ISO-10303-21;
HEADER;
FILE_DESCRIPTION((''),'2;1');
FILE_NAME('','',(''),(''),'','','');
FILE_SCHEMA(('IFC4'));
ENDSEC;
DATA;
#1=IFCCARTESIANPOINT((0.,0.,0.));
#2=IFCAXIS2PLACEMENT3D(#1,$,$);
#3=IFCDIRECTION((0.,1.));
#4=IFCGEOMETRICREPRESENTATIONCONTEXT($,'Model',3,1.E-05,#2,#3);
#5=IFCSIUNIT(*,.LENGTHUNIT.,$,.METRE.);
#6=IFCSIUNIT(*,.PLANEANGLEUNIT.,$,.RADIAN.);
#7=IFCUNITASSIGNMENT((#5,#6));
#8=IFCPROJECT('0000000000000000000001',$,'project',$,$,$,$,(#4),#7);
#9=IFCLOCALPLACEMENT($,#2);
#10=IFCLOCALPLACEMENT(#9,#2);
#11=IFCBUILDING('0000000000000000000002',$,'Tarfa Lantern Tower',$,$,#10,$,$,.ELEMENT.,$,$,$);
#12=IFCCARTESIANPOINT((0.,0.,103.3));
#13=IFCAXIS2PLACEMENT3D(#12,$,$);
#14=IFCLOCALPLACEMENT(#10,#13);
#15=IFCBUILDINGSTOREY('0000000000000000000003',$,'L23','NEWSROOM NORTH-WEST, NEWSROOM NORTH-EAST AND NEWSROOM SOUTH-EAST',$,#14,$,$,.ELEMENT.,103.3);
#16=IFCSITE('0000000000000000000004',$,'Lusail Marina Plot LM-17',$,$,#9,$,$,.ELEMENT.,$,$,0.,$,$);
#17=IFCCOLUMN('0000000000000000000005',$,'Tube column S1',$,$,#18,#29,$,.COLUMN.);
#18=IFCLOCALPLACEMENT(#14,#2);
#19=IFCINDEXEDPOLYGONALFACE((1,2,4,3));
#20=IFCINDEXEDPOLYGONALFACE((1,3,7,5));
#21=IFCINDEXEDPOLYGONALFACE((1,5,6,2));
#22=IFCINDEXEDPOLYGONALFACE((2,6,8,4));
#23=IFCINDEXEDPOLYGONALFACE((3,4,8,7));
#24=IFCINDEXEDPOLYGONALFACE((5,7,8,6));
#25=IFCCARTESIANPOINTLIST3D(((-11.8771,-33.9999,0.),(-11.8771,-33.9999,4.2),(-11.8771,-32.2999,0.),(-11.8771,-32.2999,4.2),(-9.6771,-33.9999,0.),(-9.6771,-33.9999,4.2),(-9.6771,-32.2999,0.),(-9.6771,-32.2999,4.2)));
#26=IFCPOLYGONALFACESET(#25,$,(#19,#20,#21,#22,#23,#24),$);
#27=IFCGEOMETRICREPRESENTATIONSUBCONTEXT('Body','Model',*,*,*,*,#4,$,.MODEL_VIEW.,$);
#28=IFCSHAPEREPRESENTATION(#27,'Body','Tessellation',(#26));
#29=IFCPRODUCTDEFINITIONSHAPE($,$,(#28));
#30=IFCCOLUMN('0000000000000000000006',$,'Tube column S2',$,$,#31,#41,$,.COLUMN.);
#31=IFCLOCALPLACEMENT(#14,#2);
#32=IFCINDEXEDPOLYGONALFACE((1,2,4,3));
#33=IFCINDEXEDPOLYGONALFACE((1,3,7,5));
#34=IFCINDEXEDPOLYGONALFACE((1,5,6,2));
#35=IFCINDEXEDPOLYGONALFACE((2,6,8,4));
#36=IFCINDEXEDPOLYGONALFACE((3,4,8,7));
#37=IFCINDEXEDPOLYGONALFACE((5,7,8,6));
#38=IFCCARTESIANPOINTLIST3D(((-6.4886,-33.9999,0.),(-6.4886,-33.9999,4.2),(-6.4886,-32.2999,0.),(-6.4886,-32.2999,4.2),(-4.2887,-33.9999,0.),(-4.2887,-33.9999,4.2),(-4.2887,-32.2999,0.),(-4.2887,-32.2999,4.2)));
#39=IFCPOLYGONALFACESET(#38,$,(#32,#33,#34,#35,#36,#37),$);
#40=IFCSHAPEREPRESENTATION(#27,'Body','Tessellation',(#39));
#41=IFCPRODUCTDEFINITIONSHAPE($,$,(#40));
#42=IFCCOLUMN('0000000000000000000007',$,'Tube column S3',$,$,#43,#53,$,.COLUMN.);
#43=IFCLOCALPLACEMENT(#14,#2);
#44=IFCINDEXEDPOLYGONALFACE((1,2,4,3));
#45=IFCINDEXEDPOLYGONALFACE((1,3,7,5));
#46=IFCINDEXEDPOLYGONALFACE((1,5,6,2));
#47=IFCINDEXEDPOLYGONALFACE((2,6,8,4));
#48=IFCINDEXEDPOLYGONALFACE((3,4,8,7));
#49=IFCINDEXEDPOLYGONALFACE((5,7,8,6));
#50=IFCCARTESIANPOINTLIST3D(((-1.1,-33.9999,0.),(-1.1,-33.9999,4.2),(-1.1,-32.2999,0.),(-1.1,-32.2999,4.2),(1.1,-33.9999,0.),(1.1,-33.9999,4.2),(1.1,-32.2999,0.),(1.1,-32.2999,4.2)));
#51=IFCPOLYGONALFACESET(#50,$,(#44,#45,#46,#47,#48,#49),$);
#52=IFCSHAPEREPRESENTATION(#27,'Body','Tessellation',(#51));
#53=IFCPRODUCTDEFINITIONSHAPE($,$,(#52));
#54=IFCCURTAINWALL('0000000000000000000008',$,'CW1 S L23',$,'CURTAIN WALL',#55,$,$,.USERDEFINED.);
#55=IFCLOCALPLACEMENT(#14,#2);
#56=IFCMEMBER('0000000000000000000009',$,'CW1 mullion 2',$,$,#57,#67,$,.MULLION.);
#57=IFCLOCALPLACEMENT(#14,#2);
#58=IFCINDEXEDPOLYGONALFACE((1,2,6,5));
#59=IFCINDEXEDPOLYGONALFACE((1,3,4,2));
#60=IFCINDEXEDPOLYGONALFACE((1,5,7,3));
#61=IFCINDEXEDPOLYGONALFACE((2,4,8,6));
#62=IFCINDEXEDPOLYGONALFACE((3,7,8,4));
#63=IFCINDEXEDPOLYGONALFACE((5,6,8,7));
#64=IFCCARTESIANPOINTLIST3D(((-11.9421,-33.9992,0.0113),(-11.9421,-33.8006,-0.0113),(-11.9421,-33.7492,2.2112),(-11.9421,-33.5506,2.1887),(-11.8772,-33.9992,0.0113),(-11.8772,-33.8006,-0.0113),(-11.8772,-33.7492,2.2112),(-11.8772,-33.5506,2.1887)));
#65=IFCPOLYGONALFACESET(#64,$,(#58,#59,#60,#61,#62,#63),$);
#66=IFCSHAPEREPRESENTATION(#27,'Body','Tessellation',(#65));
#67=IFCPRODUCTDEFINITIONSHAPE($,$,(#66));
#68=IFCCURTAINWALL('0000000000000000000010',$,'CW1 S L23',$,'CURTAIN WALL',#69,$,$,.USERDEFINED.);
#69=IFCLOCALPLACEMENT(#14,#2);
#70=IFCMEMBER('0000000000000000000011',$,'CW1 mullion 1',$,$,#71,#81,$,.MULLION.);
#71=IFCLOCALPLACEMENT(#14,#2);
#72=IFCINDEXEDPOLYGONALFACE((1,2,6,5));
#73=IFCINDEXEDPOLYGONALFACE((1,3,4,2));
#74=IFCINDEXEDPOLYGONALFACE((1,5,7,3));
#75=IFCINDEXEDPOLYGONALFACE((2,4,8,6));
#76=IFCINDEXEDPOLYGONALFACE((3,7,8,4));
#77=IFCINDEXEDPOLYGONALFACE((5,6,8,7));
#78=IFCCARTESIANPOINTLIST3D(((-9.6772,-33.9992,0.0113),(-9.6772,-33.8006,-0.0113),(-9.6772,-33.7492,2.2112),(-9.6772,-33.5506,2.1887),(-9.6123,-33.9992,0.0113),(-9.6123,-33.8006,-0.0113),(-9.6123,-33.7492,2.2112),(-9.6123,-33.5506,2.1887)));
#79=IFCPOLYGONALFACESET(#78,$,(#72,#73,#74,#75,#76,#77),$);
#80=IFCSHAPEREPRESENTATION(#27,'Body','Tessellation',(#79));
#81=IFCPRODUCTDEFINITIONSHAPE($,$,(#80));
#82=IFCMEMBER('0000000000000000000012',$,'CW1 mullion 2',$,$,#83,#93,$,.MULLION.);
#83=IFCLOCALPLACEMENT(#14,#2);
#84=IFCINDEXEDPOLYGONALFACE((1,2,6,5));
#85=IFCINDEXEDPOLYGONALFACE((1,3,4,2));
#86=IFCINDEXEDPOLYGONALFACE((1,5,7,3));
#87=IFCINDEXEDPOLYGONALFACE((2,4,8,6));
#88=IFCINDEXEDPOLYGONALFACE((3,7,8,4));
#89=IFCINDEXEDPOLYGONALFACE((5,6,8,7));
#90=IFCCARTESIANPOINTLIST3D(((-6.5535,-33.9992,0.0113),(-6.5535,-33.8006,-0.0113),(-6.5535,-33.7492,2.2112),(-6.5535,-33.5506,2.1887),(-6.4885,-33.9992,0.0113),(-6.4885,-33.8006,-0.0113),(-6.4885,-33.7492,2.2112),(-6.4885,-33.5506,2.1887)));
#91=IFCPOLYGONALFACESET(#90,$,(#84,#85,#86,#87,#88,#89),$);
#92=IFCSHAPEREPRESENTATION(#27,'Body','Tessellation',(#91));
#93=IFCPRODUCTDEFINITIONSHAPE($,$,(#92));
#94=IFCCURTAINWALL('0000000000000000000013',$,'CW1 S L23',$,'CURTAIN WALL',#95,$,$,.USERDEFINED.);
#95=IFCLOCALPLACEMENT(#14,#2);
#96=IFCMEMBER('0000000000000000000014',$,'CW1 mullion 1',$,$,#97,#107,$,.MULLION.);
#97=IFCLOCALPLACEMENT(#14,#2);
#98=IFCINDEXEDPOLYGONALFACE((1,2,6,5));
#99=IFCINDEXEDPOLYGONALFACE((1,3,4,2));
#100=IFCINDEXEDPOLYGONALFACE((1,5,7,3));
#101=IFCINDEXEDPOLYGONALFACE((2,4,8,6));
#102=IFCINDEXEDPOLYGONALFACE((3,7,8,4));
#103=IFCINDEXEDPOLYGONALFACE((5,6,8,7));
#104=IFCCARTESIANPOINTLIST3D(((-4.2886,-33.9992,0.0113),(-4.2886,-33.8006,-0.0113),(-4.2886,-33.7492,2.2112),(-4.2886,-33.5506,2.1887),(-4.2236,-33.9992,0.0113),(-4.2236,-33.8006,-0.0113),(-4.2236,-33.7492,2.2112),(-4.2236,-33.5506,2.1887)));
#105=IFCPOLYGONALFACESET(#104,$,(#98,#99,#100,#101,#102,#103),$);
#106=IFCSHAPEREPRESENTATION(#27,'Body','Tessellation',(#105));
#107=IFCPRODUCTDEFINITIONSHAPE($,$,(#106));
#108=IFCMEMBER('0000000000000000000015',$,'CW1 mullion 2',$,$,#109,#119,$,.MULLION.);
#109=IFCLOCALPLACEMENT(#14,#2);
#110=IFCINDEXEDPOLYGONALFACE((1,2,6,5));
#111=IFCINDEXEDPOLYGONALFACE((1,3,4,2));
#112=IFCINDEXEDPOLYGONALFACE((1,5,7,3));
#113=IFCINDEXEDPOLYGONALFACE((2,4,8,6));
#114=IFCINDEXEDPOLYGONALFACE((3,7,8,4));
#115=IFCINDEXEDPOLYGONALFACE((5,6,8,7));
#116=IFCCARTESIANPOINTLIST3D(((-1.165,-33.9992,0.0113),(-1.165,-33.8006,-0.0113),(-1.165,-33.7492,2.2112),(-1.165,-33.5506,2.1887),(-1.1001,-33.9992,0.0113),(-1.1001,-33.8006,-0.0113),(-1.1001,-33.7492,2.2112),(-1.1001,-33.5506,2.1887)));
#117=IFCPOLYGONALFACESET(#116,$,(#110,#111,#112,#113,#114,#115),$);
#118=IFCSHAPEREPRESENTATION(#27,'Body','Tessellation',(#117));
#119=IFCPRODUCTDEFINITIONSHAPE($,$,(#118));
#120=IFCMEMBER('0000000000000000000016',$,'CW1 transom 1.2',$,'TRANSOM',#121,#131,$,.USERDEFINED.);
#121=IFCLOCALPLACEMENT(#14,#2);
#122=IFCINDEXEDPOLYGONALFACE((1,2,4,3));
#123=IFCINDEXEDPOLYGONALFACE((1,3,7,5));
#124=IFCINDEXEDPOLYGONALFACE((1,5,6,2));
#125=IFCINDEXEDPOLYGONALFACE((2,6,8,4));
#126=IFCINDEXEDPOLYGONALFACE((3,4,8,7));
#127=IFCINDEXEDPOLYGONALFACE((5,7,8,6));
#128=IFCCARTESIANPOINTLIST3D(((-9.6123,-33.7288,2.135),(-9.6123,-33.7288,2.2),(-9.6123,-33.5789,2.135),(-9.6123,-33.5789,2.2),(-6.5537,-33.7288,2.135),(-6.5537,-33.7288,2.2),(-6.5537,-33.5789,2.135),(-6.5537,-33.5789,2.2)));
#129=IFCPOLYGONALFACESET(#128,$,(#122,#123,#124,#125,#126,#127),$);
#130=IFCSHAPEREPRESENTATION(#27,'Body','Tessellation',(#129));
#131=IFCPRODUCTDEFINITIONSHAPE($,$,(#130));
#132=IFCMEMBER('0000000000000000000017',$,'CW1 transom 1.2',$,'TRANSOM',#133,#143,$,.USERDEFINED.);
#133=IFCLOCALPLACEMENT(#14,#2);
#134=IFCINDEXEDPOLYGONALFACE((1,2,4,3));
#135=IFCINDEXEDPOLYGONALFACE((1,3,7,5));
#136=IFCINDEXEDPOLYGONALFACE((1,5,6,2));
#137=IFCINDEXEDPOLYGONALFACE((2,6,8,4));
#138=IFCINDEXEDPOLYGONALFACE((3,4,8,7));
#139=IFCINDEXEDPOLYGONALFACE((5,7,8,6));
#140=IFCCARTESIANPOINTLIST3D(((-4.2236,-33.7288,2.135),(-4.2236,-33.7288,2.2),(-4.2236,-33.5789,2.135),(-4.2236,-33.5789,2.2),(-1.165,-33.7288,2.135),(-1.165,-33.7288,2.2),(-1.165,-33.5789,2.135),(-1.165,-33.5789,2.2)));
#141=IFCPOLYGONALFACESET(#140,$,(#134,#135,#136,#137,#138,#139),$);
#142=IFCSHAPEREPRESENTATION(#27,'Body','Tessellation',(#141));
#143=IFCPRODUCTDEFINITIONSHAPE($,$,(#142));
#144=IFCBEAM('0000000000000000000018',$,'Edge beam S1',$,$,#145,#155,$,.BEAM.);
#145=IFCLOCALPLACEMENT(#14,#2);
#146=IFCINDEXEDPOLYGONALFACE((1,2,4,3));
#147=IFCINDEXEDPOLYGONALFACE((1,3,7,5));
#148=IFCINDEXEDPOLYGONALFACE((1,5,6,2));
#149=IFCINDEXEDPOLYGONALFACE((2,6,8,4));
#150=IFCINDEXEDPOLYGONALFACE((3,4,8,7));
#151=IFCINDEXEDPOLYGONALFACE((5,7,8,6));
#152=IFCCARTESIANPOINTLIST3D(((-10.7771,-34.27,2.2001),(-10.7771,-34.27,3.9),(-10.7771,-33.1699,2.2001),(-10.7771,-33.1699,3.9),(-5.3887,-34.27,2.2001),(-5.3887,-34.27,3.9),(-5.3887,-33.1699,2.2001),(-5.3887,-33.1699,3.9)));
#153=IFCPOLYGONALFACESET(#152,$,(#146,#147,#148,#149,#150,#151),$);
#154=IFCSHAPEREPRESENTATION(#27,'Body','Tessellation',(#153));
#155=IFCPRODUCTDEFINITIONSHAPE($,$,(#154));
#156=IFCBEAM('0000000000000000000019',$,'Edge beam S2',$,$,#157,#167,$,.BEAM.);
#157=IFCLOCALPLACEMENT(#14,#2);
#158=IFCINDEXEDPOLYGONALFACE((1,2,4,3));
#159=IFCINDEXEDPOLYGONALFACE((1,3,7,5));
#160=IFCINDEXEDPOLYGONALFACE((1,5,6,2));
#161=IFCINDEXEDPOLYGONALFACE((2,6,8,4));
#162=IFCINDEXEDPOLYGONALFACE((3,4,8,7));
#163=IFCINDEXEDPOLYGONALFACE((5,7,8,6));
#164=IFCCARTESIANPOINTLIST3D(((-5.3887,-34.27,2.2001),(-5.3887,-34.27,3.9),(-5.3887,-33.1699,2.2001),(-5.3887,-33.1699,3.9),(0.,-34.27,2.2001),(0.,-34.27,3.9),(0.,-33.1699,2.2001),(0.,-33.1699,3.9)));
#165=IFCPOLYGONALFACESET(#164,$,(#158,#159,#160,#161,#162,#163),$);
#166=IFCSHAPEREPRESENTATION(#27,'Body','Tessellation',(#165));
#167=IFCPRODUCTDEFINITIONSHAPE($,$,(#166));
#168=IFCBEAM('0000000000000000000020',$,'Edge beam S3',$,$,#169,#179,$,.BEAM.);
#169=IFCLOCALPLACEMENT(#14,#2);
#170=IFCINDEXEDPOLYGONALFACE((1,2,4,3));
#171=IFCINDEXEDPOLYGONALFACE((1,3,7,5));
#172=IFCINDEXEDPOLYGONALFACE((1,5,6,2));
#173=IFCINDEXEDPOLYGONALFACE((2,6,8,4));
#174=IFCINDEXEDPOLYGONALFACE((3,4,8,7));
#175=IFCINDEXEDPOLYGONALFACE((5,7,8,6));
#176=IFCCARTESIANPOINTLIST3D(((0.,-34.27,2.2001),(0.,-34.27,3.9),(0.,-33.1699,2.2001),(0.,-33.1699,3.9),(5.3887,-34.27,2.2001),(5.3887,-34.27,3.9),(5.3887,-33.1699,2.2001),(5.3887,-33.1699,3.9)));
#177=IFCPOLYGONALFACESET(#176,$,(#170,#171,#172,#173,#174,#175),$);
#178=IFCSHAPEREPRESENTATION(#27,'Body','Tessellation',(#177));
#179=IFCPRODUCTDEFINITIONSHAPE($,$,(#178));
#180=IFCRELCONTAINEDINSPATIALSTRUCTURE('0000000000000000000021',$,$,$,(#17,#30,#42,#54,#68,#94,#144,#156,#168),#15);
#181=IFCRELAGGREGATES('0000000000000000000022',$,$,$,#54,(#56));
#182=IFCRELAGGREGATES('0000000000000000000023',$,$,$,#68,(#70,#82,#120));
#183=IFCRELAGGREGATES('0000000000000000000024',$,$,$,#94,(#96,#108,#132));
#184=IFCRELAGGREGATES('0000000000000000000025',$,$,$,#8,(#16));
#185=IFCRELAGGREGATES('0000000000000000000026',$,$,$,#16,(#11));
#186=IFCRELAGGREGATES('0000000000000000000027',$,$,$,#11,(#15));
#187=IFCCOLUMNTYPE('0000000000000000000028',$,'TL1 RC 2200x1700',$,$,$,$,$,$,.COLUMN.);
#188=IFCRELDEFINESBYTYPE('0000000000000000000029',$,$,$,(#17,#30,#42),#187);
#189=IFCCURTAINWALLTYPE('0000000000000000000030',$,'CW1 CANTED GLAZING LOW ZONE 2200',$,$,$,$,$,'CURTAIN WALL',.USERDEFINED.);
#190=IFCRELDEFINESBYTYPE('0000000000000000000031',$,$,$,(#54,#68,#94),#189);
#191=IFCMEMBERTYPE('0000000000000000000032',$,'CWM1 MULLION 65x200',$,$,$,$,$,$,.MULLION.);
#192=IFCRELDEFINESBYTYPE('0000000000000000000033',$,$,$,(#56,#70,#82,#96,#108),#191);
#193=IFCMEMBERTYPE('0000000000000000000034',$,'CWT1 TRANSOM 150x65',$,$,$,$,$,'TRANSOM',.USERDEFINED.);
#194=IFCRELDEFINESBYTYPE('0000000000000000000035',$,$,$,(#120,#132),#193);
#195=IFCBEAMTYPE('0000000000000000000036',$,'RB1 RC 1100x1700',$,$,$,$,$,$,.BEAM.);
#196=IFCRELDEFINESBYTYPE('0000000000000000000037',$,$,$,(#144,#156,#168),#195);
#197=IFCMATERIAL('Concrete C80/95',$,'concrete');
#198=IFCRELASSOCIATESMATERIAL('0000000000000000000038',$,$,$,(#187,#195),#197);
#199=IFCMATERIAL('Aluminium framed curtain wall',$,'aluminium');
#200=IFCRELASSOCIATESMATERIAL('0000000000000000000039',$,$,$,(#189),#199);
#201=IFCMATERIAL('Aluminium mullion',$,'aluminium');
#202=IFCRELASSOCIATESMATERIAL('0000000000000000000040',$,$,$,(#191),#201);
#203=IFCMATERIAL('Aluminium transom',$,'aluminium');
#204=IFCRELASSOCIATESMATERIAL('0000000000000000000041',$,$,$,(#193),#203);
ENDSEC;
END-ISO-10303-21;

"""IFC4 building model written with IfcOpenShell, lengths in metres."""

from ifc_helpers import new_model, si_unit, direction, frame, origin, origin_2d, place, context, subcontext, project, spatial, rectangle, extrude, material, material_profile, profile_set, type_object, element, aggregate, save


model = new_model("IFC4")

# Units and contexts
model_context = context("Model", 3, precision=1e-05, world=origin(), true_north=direction((0.0, 1.0)))
body_context = subcontext(model_context, "Body", "Model", "MODEL_VIEW")
ifc_project = project(units=[si_unit("LENGTHUNIT", "METRE"), si_unit("PLANEANGLEUNIT", "RADIAN")], contexts=[model_context])

# Site, building, storey
site_placement = place(None, origin())
site = spatial("IfcSite", under=ifc_project, at=site_placement, Name="Lusail Marina Plot LM-17", CompositionType="ELEMENT", RefElevation=0.0)
building_placement = place(site_placement, origin())
building = spatial("IfcBuilding", under=site, at=building_placement, Name="Tarfa Lantern Tower", CompositionType="ELEMENT")
storey_placement = place(building_placement, frame((0.0, 0.0, 103.3)))
storey = spatial("IfcBuildingStorey", under=building, at=storey_placement, Name="L23", Description="NEWSROOM NORTH-WEST, NEWSROOM NORTH-EAST AND NEWSROOM SOUTH-EAST", CompositionType="ELEMENT", Elevation=103.3)

# Columns
ifc_material_1 = material(Name="Concrete C80/95", Category="concrete")
ifc_material_profile_1 = material_profile(ifc_material_1, rectangle(XDim=2.2, YDim=1.7, at=origin_2d()), Name="RC 2200x1700")
ifc_profile_set_1 = profile_set([ifc_material_profile_1], Name="Concrete C80/95")
column_type = type_object("IfcColumnType", Name="TL1 RC 2200x1700", PredefinedType="COLUMN", material=ifc_profile_set_1)
for number, where, z_axis, x_axis, name in (
    (1, (-10.7771, -33.1499, 0.0), (0.0, 0.0, 1.0), (1.0, 0.0, 0.0), "Tube column S1"),
    (2, (-5.3887, -33.1499, 0.0), (0.0, 0.0, 1.0), (1.0, 0.0, 0.0), "Tube column S2"),
    (3, (0.0, -33.1499, 0.0), (0.0, 0.0, 1.0), (1.0, 0.0, 0.0), "Tube column S3"),
):
    element("IfcColumn", number, at=place(storey_placement, frame(where, z_axis=z_axis, x_axis=x_axis)), inside=storey, type_object=column_type, Name=name, PredefinedType="COLUMN", context=body_context, shape_type="SweptSolid", body=[
        extrude(rectangle(XDim=2.2, YDim=1.7, at=origin_2d()), origin(), (0.0, 0.0, 1.0), 4.2),
    ])

# Curtain wall, member
ifc_material_2 = material(Name="Aluminium framed curtain wall", Category="aluminium")
curtain_wall_type = type_object("IfcCurtainWallType", Name="CW1 CANTED GLAZING LOW ZONE 2200", ElementType="CURTAIN WALL", PredefinedType="USERDEFINED", material=ifc_material_2)
curtain_wall_1_placement = place(storey_placement, origin())
curtain_wall_1 = element("IfcCurtainWall", 4, at=curtain_wall_1_placement, inside=storey, type_object=curtain_wall_type, Name="CW1 S L23", ObjectType="CURTAIN WALL", PredefinedType="USERDEFINED")
ifc_material_3 = material(Name="Aluminium mullion", Category="aluminium")
ifc_material_profile_2 = material_profile(ifc_material_3, rectangle(XDim=0.0649, YDim=0.2, at=origin_2d()), Name="AL MULLION 65x200")
ifc_profile_set_2 = profile_set([ifc_material_profile_2], Name="Aluminium mullion")
member_type_1 = type_object("IfcMemberType", Name="CWM1 MULLION 65x200", PredefinedType="MULLION", material=ifc_profile_set_2)
member_1_placement = place(storey_placement, frame((-11.9097, -33.8999, 0.0), z_axis=(0.0, 0.112912, 0.993605), x_axis=(-1.0, 0.0, 0.0)))
member_1 = element("IfcMember", 5, at=member_1_placement, type_object=member_type_1, Name="CW1 mullion 2", PredefinedType="MULLION", context=body_context, shape_type="SweptSolid", body=[
    extrude(rectangle(XDim=0.0649, YDim=0.2, at=origin_2d()), origin(), (0.0, 0.0, 1.0), 2.2141),
])
aggregate(curtain_wall_1, [member_1])

# Curtain walls, members
curtain_wall_2_placement = place(storey_placement, origin())
curtain_wall_2 = element("IfcCurtainWall", 6, at=curtain_wall_2_placement, inside=storey, type_object=curtain_wall_type, Name="CW1 S L23", ObjectType="CURTAIN WALL", PredefinedType="USERDEFINED")
member_2_placement = place(storey_placement, frame((-9.6448, -33.8999, 0.0), z_axis=(0.0, 0.112912, 0.993605), x_axis=(-1.0, 0.0, 0.0)))
member_2 = element("IfcMember", 7, at=member_2_placement, type_object=member_type_1, Name="CW1 mullion 1", PredefinedType="MULLION", context=body_context, shape_type="SweptSolid", body=[
    extrude(rectangle(XDim=0.0649, YDim=0.2, at=origin_2d()), origin(), (0.0, 0.0, 1.0), 2.2141),
])
member_3_placement = place(storey_placement, frame((-6.521, -33.8999, 0.0), z_axis=(0.0, 0.112912, 0.993605), x_axis=(-1.0, 0.0, 0.0)))
member_3 = element("IfcMember", 8, at=member_3_placement, type_object=member_type_1, Name="CW1 mullion 2", PredefinedType="MULLION", context=body_context, shape_type="SweptSolid", body=[
    extrude(rectangle(XDim=0.0649, YDim=0.2, at=origin_2d()), origin(), (0.0, 0.0, 1.0), 2.2141),
])
curtain_wall_3_placement = place(storey_placement, origin())
curtain_wall_3 = element("IfcCurtainWall", 9, at=curtain_wall_3_placement, inside=storey, type_object=curtain_wall_type, Name="CW1 S L23", ObjectType="CURTAIN WALL", PredefinedType="USERDEFINED")
member_4_placement = place(storey_placement, frame((-4.2561, -33.8999, 0.0), z_axis=(0.0, 0.112912, 0.993605), x_axis=(-1.0, 0.0, 0.0)))
member_4 = element("IfcMember", 10, at=member_4_placement, type_object=member_type_1, Name="CW1 mullion 1", PredefinedType="MULLION", context=body_context, shape_type="SweptSolid", body=[
    extrude(rectangle(XDim=0.0649, YDim=0.2, at=origin_2d()), origin(), (0.0, 0.0, 1.0), 2.2141),
])
member_5_placement = place(storey_placement, frame((-1.1326, -33.8999, 0.0), z_axis=(0.0, 0.112912, 0.993605), x_axis=(-1.0, 0.0, 0.0)))
member_5 = element("IfcMember", 11, at=member_5_placement, type_object=member_type_1, Name="CW1 mullion 2", PredefinedType="MULLION", context=body_context, shape_type="SweptSolid", body=[
    extrude(rectangle(XDim=0.0649, YDim=0.2, at=origin_2d()), origin(), (0.0, 0.0, 1.0), 2.2141),
])

# Members
ifc_material_4 = material(Name="Aluminium transom", Category="aluminium")
ifc_material_profile_3 = material_profile(ifc_material_4, rectangle(XDim=0.1499, YDim=0.0649, at=origin_2d()), Name="AL TRANSOM 150x65")
ifc_profile_set_3 = profile_set([ifc_material_profile_3], Name="Aluminium transom")
member_type_2 = type_object("IfcMemberType", Name="CWT1 TRANSOM 150x65", ElementType="TRANSOM", PredefinedType="USERDEFINED", material=ifc_profile_set_3)
member_6_placement = place(storey_placement, frame((-9.6123, -33.6538, 2.1675), z_axis=(1.0, 0.0, 0.0), x_axis=(0.0, 1.0, 0.0)))
member_6 = element("IfcMember", 12, at=member_6_placement, type_object=member_type_2, Name="CW1 transom 1.2", ObjectType="TRANSOM", PredefinedType="USERDEFINED", context=body_context, shape_type="SweptSolid", body=[
    extrude(rectangle(XDim=0.1499, YDim=0.0649, at=origin_2d()), origin(), (0.0, 0.0, 1.0), 3.0586),
])
member_7_placement = place(storey_placement, frame((-4.2236, -33.6538, 2.1675), z_axis=(1.0, 0.0, 0.0), x_axis=(0.0, 1.0, 0.0)))
member_7 = element("IfcMember", 13, at=member_7_placement, type_object=member_type_2, Name="CW1 transom 1.2", ObjectType="TRANSOM", PredefinedType="USERDEFINED", context=body_context, shape_type="SweptSolid", body=[
    extrude(rectangle(XDim=0.1499, YDim=0.0649, at=origin_2d()), origin(), (0.0, 0.0, 1.0), 3.0586),
])

# Beams
ifc_material_profile_4 = material_profile(ifc_material_1, rectangle(XDim=1.1001, YDim=1.7, at=origin_2d()), Name="RC 1100x1700")
ifc_profile_set_4 = profile_set([ifc_material_profile_4], Name="Concrete C80/95")
beam_type_1 = type_object("IfcBeamType", Name="RB1 RC 1100x1700", PredefinedType="BEAM", material=ifc_profile_set_4)
beam_placement = place(storey_placement, frame((-10.7771, -33.72, 3.05), z_axis=(1.0, 0.0, 0.0), x_axis=(0.0, 1.0, 0.0)))
element("IfcBeam", 14, at=beam_placement, inside=storey, type_object=beam_type_1, Name="Edge beam S1", PredefinedType="BEAM", context=body_context, shape_type="SweptSolid", body=[
    extrude(rectangle(XDim=1.1001, YDim=1.7, at=origin_2d()), origin(), (0.0, 0.0, 1.0), 5.3884),
])
for number, where, z_axis, x_axis, name in (
    (15, (-5.3887, -33.72, 3.05), (1.0, 0.0, 0.0), (0.0, 1.0, 0.0), "Edge beam S2"),
    (16, (0.0, -33.72, 3.05), (1.0, 0.0, 0.0), (0.0, 1.0, 0.0), "Edge beam S3"),
):
    element("IfcBeam", number, at=place(storey_placement, frame(where, z_axis=z_axis, x_axis=x_axis)), inside=storey, type_object=beam_type_1, Name=name, PredefinedType="BEAM", context=body_context, shape_type="SweptSolid", body=[
        extrude(rectangle(XDim=1.1001, YDim=1.7, at=origin_2d()), origin(), (0.0, 0.0, 1.0), 5.3887),
    ])

aggregate(curtain_wall_2, [member_2, member_3, member_6])
aggregate(curtain_wall_3, [member_4, member_5, member_7])

save(model, "model.ifc")
